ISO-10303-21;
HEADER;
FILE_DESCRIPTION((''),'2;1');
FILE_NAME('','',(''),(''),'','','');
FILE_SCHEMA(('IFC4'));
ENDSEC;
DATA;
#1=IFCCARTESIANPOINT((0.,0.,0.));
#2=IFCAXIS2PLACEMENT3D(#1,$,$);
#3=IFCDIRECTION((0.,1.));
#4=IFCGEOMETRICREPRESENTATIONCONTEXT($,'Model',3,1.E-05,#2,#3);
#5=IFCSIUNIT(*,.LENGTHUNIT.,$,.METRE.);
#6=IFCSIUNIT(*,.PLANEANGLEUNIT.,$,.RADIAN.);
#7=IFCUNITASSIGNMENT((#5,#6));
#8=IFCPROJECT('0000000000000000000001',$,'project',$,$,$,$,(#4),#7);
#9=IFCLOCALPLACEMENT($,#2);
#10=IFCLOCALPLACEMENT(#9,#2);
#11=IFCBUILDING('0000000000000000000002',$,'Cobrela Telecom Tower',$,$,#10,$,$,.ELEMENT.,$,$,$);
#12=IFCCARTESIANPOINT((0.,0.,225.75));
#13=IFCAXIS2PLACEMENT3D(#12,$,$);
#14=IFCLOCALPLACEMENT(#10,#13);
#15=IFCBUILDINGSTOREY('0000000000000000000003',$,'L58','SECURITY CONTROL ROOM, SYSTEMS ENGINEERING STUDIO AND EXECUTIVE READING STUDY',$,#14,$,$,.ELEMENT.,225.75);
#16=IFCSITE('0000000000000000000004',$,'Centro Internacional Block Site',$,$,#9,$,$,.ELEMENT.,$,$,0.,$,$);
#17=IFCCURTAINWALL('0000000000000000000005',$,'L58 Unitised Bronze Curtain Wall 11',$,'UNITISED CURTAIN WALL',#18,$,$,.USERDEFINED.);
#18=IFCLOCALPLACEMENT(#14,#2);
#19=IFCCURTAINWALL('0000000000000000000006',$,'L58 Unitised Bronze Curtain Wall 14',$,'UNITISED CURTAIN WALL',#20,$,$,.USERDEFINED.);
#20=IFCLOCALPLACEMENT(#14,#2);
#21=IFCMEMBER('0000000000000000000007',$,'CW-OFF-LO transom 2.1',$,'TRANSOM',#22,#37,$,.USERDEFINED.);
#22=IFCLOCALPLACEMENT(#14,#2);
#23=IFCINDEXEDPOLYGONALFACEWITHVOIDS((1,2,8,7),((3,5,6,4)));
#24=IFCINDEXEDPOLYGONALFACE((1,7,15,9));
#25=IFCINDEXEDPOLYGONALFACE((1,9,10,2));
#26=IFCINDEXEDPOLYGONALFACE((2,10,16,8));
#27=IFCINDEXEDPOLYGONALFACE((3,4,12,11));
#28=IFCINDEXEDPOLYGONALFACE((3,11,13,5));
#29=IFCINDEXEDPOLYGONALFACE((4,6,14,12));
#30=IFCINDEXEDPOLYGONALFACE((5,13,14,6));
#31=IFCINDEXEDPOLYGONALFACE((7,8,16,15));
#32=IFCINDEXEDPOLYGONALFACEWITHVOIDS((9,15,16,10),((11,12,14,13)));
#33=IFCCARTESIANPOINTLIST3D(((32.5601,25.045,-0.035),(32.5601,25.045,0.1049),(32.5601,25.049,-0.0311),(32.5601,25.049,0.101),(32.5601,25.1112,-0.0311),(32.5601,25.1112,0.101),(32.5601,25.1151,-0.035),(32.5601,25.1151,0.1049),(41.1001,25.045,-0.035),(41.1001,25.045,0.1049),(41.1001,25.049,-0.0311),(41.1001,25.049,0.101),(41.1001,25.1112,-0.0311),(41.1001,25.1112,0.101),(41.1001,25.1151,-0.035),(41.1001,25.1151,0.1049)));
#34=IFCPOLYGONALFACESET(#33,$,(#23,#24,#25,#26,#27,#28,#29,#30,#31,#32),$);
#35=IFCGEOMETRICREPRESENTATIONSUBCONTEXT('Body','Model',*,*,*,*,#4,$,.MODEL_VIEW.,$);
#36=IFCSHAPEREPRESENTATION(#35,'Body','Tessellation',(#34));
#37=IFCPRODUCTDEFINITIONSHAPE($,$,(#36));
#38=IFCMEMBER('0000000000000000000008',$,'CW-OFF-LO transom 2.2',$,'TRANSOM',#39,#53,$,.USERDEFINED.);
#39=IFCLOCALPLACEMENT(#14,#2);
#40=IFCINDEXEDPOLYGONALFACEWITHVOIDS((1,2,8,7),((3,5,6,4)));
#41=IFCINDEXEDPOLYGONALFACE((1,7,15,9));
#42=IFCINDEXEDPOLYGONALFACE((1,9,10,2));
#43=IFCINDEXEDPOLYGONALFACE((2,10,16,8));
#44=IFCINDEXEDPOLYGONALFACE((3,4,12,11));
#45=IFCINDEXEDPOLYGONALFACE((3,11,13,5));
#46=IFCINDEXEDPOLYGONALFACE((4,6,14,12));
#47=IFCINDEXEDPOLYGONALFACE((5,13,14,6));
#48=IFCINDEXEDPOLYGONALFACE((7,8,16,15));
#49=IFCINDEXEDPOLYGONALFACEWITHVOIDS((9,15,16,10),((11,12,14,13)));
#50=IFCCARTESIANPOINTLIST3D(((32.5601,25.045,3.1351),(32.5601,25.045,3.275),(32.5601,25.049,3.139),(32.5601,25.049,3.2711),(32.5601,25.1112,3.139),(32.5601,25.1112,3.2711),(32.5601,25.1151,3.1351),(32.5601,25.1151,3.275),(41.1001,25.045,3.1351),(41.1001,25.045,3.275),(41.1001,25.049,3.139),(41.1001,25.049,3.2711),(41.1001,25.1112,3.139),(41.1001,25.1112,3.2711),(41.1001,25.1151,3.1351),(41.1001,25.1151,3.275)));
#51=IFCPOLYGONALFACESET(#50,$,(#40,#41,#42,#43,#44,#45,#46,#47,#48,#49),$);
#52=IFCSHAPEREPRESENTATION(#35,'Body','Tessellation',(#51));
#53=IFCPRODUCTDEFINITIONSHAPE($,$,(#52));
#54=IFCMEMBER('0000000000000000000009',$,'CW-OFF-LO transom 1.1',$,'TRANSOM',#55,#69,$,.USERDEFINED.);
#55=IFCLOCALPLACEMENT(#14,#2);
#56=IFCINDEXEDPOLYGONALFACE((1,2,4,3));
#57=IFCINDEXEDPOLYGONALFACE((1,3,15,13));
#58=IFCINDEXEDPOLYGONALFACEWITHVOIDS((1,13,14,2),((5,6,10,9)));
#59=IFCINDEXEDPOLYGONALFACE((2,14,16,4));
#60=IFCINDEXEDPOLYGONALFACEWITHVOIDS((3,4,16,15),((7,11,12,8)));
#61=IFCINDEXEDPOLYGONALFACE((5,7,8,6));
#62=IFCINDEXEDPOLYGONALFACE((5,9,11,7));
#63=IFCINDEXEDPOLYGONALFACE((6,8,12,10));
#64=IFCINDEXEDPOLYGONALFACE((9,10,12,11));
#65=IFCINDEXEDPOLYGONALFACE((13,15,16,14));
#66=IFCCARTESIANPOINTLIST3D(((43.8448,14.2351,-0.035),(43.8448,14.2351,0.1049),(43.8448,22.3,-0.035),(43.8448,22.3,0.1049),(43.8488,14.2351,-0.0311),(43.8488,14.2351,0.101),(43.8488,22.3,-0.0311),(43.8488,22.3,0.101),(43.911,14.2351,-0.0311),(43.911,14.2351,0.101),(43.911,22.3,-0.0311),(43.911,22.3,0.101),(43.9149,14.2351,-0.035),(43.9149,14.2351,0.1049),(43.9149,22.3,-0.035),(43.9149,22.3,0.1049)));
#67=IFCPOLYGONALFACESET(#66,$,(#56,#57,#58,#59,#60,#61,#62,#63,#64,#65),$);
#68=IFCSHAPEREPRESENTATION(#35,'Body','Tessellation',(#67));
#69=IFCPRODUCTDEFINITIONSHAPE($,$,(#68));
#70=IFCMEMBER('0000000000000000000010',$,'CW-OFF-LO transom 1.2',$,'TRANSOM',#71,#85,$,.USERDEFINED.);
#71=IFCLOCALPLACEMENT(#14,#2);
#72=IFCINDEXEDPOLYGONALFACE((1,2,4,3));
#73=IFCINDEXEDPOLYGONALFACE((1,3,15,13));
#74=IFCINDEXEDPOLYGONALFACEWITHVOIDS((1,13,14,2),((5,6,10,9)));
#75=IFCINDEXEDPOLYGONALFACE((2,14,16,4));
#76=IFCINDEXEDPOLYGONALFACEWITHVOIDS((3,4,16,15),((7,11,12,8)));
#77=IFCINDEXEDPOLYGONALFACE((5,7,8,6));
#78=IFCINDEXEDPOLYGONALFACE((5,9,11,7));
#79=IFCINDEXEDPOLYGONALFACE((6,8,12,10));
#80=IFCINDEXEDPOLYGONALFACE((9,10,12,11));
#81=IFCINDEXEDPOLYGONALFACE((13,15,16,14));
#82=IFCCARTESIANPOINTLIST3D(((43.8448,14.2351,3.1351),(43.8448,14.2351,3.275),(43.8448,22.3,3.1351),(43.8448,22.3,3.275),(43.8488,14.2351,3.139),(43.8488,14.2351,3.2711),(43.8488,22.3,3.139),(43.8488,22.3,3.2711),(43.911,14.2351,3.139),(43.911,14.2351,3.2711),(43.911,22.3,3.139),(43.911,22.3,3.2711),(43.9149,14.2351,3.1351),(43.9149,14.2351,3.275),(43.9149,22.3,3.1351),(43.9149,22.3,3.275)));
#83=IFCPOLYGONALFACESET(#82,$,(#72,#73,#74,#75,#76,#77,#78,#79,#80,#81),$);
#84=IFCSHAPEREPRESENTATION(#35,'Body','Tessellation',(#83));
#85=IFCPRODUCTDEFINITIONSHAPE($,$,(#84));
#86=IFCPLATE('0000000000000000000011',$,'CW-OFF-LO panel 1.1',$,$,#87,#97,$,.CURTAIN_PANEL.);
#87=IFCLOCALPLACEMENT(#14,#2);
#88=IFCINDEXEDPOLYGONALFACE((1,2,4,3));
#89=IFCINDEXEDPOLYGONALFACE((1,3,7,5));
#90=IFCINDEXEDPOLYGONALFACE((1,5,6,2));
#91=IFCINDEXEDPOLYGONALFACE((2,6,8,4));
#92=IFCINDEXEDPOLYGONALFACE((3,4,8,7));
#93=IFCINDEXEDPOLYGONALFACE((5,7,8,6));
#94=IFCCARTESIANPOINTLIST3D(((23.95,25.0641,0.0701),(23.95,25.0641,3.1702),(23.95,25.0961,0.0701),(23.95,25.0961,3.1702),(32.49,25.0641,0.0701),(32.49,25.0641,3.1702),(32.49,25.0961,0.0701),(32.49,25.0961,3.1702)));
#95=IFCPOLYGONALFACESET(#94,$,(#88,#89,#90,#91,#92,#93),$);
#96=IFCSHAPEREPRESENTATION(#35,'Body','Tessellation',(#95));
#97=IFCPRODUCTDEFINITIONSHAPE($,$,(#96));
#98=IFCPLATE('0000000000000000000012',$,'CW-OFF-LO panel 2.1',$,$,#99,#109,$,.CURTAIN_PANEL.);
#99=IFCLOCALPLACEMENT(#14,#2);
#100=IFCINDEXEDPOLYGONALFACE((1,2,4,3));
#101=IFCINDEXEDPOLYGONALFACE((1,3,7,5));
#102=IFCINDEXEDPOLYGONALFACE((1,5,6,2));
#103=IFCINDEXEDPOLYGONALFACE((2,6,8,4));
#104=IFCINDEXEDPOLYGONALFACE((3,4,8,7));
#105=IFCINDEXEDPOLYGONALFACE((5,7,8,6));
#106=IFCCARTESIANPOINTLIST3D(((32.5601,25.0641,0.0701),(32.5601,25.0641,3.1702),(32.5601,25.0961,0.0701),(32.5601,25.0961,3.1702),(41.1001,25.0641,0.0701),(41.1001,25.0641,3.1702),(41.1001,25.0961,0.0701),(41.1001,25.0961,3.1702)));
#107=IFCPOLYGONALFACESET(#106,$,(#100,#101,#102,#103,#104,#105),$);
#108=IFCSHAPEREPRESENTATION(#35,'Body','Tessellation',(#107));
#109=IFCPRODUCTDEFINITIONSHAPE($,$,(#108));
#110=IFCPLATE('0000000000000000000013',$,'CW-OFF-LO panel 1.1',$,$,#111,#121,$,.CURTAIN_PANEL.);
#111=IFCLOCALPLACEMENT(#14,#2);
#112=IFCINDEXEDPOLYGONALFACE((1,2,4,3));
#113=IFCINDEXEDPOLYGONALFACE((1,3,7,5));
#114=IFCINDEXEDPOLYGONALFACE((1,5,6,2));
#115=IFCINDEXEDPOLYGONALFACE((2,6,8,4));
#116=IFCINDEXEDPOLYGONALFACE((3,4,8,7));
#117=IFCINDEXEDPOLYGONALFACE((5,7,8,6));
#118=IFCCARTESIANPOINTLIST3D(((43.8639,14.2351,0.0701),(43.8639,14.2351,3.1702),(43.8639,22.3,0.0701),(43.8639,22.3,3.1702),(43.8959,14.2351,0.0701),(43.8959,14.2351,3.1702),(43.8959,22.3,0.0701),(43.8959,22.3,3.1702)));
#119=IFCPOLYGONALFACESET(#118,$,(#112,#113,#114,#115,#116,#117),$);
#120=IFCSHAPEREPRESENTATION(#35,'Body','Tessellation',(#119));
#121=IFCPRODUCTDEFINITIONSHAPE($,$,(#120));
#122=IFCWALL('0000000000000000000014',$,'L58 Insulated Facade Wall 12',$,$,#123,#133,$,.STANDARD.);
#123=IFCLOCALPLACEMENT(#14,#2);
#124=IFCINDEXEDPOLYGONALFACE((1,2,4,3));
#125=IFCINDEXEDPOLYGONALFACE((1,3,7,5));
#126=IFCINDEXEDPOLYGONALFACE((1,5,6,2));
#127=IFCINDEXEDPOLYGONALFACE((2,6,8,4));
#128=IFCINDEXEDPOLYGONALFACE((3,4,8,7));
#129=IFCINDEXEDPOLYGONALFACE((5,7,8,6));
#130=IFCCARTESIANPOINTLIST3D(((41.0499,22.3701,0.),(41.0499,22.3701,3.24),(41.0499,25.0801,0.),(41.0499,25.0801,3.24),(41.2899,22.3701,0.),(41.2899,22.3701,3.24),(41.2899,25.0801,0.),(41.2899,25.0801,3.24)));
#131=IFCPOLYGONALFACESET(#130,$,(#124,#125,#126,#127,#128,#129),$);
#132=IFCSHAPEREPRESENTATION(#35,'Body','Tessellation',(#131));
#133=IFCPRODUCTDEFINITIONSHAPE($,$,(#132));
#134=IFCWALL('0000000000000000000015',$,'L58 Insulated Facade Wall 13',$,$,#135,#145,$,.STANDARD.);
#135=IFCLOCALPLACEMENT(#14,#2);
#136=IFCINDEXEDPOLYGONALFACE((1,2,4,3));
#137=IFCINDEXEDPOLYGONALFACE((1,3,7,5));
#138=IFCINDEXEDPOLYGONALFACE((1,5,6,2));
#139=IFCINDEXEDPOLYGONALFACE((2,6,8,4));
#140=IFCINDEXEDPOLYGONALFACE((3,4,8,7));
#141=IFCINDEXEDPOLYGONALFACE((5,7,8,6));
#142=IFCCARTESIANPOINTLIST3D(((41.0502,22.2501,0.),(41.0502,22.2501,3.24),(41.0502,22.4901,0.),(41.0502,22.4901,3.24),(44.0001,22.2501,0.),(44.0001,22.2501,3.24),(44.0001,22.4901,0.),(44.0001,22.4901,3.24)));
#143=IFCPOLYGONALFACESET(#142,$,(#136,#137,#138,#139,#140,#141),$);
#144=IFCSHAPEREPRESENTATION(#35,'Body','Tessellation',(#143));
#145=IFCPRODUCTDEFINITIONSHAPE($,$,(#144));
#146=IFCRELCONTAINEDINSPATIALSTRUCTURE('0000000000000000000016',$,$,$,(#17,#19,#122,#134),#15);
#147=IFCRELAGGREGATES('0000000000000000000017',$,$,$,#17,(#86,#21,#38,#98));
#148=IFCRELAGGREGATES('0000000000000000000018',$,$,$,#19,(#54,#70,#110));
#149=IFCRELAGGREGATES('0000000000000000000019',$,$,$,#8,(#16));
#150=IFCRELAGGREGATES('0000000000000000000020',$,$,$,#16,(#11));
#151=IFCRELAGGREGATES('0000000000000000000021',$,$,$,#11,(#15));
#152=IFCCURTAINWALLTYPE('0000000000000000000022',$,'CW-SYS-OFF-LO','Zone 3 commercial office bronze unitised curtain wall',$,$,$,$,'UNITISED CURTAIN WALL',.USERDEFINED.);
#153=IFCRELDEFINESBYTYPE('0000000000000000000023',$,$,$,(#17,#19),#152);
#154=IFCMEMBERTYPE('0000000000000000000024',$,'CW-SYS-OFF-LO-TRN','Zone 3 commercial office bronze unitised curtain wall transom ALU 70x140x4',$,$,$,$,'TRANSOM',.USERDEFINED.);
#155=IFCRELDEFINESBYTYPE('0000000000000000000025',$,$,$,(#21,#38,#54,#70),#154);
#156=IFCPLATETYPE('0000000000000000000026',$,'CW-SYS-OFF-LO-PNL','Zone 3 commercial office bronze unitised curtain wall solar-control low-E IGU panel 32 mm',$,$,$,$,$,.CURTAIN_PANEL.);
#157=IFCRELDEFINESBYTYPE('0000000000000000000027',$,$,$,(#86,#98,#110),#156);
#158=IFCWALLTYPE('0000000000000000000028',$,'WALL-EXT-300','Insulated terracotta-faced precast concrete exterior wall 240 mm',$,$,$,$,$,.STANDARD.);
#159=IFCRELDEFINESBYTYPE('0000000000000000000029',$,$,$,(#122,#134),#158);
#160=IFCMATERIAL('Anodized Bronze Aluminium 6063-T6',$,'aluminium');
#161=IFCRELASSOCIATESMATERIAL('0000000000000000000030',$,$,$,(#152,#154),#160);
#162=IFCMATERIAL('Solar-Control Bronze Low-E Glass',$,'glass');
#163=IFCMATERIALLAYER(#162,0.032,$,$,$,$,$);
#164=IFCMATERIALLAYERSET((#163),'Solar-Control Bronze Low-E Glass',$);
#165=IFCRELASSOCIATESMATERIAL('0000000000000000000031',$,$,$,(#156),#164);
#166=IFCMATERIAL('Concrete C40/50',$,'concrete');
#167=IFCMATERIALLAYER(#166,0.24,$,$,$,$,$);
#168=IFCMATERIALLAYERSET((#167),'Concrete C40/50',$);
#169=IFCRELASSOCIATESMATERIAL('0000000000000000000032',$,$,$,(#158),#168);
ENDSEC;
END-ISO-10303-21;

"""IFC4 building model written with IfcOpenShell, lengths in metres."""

from ifc_helpers import new_model, si_unit, direction, frame, frame_2d, origin, origin_2d, place, context, subcontext, project, spatial, rectangle, hollow_rectangle, extrude, material, layer, layer_set, material_profile, profile_set, type_object, element, aggregate, save


model = new_model("IFC4")

# Units and contexts
model_context = context("Model", 3, precision=1e-05, world=origin(), true_north=direction((0.0, 1.0)))
body_context = subcontext(model_context, "Body", "Model", "MODEL_VIEW")
ifc_project = project(units=[si_unit("LENGTHUNIT", "METRE"), si_unit("PLANEANGLEUNIT", "RADIAN")], contexts=[model_context])

# Site, building, storey
site_placement = place(None, origin())
site = spatial("IfcSite", under=ifc_project, at=site_placement, Name="Centro Internacional Block Site", CompositionType="ELEMENT", RefElevation=0.0)
building_placement = place(site_placement, origin())
building = spatial("IfcBuilding", under=site, at=building_placement, Name="Cobrela Telecom Tower", CompositionType="ELEMENT")
storey_placement = place(building_placement, frame((0.0, 0.0, 225.75)))
storey = spatial("IfcBuildingStorey", under=building, at=storey_placement, Name="L58", Description="SECURITY CONTROL ROOM, SYSTEMS ENGINEERING STUDIO AND EXECUTIVE READING STUDY", CompositionType="ELEMENT", Elevation=225.75)

# Curtain wall
ifc_material_1 = material(Name="Anodized Bronze Aluminium 6063-T6", Category="aluminium")
curtain_wall_type = type_object("IfcCurtainWallType", Name="CW-SYS-OFF-LO", Description="Zone 3 commercial office bronze unitised curtain wall", ElementType="UNITISED CURTAIN WALL", PredefinedType="USERDEFINED", material=ifc_material_1)
curtain_wall_1_placement = place(storey_placement, origin())
curtain_wall_1 = element("IfcCurtainWall", 1, at=curtain_wall_1_placement, inside=storey, type_object=curtain_wall_type, Name="L58 Unitised Bronze Curtain Wall 11", ObjectType="UNITISED CURTAIN WALL", PredefinedType="USERDEFINED")

# Curtain wall
curtain_wall_2_placement = place(storey_placement, origin())
curtain_wall_2 = element("IfcCurtainWall", 2, at=curtain_wall_2_placement, inside=storey, type_object=curtain_wall_type, Name="L58 Unitised Bronze Curtain Wall 14", ObjectType="UNITISED CURTAIN WALL", PredefinedType="USERDEFINED")

# Members
ifc_material_profile_1 = material_profile(ifc_material_1, hollow_rectangle(XDim=0.0701, YDim=0.1399, WallThickness=0.0039, at=origin_2d()), Name="ALU 70x140x4")
ifc_profile_set_1 = profile_set([ifc_material_profile_1], Name="Anodized Bronze Aluminium 6063-T6")
member_type_1 = type_object("IfcMemberType", Name="CW-SYS-OFF-LO-TRN", Description="Zone 3 commercial office bronze unitised curtain wall transom ALU 70x140x4", ElementType="TRANSOM", PredefinedType="USERDEFINED", material=ifc_profile_set_1)
member_1_placement = place(storey_placement, frame((32.5601, 25.0801, 0.0349), z_axis=(1.0, 0.0, 0.0), x_axis=(0.0, 1.0, 0.0)))
member_1 = element("IfcMember", 3, at=member_1_placement, type_object=member_type_1, Name="CW-OFF-LO transom 2.1", ObjectType="TRANSOM", PredefinedType="USERDEFINED", context=body_context, shape_type="SweptSolid", body=[
    extrude(hollow_rectangle(XDim=0.0701, YDim=0.1399, WallThickness=0.0039, at=origin_2d()), origin(), (0.0, 0.0, 1.0), 8.54),
])
member_2_placement = place(storey_placement, frame((32.5601, 25.0801, 3.2051), z_axis=(1.0, 0.0, 0.0), x_axis=(0.0, 1.0, 0.0)))
member_2 = element("IfcMember", 4, at=member_2_placement, type_object=member_type_1, Name="CW-OFF-LO transom 2.2", ObjectType="TRANSOM", PredefinedType="USERDEFINED", context=body_context, shape_type="SweptSolid", body=[
    extrude(hollow_rectangle(XDim=0.0701, YDim=0.1399, WallThickness=0.0039, at=origin_2d()), origin(), (0.0, 0.0, 1.0), 8.54),
])
member_3_placement = place(storey_placement, frame((43.8799, 22.3, 0.0349), z_axis=(0.0, -1.0, 0.0), x_axis=(1.0, 0.0, 0.0)))
member_3 = element("IfcMember", 5, at=member_3_placement, type_object=member_type_1, Name="CW-OFF-LO transom 1.1", ObjectType="TRANSOM", PredefinedType="USERDEFINED", context=body_context, shape_type="SweptSolid", body=[
    extrude(hollow_rectangle(XDim=0.0701, YDim=0.1399, WallThickness=0.0039, at=origin_2d()), origin(), (0.0, 0.0, 1.0), 8.0649),
])
member_4_placement = place(storey_placement, frame((43.8799, 22.3, 3.2051), z_axis=(0.0, -1.0, 0.0), x_axis=(1.0, 0.0, 0.0)))
member_4 = element("IfcMember", 6, at=member_4_placement, type_object=member_type_1, Name="CW-OFF-LO transom 1.2", ObjectType="TRANSOM", PredefinedType="USERDEFINED", context=body_context, shape_type="SweptSolid", body=[
    extrude(hollow_rectangle(XDim=0.0701, YDim=0.1399, WallThickness=0.0039, at=origin_2d()), origin(), (0.0, 0.0, 1.0), 8.0649),
])

# Plates
ifc_material_2 = material(Name="Solar-Control Bronze Low-E Glass", Category="glass")
ifc_layer_1 = layer(ifc_material_2, 0.032)
ifc_layer_set_1 = layer_set([ifc_layer_1], Name="Solar-Control Bronze Low-E Glass")
plate_type = type_object("IfcPlateType", Name="CW-SYS-OFF-LO-PNL", Description="Zone 3 commercial office bronze unitised curtain wall solar-control low-E IGU panel 32 mm", PredefinedType="CURTAIN_PANEL", material=ifc_layer_set_1)
plate_1_placement = place(storey_placement, frame((28.22, 25.0801, 0.0701), z_axis=(0.0, 0.0, 1.0), x_axis=(1.0, 0.0, 0.0)))
plate_1 = element("IfcPlate", 7, at=plate_1_placement, type_object=plate_type, Name="CW-OFF-LO panel 1.1", PredefinedType="CURTAIN_PANEL", context=body_context, shape_type="SweptSolid", body=[
    extrude(rectangle(XDim=8.54, YDim=0.032, at=origin_2d()), origin(), (0.0, 0.0, 1.0), 3.1001),
])
plate_2_placement = place(storey_placement, frame((36.8301, 25.0801, 0.0701), z_axis=(0.0, 0.0, 1.0), x_axis=(1.0, 0.0, 0.0)))
plate_2 = element("IfcPlate", 8, at=plate_2_placement, type_object=plate_type, Name="CW-OFF-LO panel 2.1", PredefinedType="CURTAIN_PANEL", context=body_context, shape_type="SweptSolid", body=[
    extrude(rectangle(XDim=8.54, YDim=0.032, at=origin_2d()), origin(), (0.0, 0.0, 1.0), 3.1001),
])
aggregate(curtain_wall_1, [plate_1, member_1, member_2, plate_2])
plate_3_placement = place(storey_placement, frame((43.8799, 18.2676, 0.0701), z_axis=(0.0, 0.0, 1.0), x_axis=(0.0, -1.0, 0.0)))
plate_3 = element("IfcPlate", 9, at=plate_3_placement, type_object=plate_type, Name="CW-OFF-LO panel 1.1", PredefinedType="CURTAIN_PANEL", context=body_context, shape_type="SweptSolid", body=[
    extrude(rectangle(XDim=8.0649, YDim=0.032, at=origin_2d()), origin(), (0.0, 0.0, 1.0), 3.1001),
])
aggregate(curtain_wall_2, [member_3, member_4, plate_3])

# Walls
ifc_material_3 = material(Name="Concrete C40/50", Category="concrete")
ifc_layer_2 = layer(ifc_material_3, 0.24)
ifc_layer_set_2 = layer_set([ifc_layer_2], Name="Concrete C40/50")
wall_type = type_object("IfcWallType", Name="WALL-EXT-300", Description="Insulated terracotta-faced precast concrete exterior wall 240 mm", PredefinedType="STANDARD", material=ifc_layer_set_2)
wall_1_placement = place(storey_placement, frame((41.1699, 25.0801, 0.0), z_axis=(0.0, 0.0, 1.0), x_axis=(0.0, -1.0, 0.0)))
element("IfcWall", 10, at=wall_1_placement, inside=storey, type_object=wall_type, Name="L58 Insulated Facade Wall 12", PredefinedType="STANDARD", context=body_context, shape_type="SweptSolid", body=[
    extrude(rectangle(XDim=2.71, YDim=0.24, at=frame_2d((1.355, 0.0))), origin(), (0.0, 0.0, 1.0), 3.24),
])
wall_2_placement = place(storey_placement, frame((41.05, 22.3701, 0.0), z_axis=(0.0, 0.0, 1.0), x_axis=(1.0, 0.0, 0.0)))
element("IfcWall", 11, at=wall_2_placement, inside=storey, type_object=wall_type, Name="L58 Insulated Facade Wall 13", PredefinedType="STANDARD", context=body_context, shape_type="SweptSolid", body=[
    extrude(rectangle(XDim=2.95, YDim=0.24, at=frame_2d((1.4751, 0.0))), origin(), (0.0, 0.0, 1.0), 3.24),
])

save(model, "model.ifc")
